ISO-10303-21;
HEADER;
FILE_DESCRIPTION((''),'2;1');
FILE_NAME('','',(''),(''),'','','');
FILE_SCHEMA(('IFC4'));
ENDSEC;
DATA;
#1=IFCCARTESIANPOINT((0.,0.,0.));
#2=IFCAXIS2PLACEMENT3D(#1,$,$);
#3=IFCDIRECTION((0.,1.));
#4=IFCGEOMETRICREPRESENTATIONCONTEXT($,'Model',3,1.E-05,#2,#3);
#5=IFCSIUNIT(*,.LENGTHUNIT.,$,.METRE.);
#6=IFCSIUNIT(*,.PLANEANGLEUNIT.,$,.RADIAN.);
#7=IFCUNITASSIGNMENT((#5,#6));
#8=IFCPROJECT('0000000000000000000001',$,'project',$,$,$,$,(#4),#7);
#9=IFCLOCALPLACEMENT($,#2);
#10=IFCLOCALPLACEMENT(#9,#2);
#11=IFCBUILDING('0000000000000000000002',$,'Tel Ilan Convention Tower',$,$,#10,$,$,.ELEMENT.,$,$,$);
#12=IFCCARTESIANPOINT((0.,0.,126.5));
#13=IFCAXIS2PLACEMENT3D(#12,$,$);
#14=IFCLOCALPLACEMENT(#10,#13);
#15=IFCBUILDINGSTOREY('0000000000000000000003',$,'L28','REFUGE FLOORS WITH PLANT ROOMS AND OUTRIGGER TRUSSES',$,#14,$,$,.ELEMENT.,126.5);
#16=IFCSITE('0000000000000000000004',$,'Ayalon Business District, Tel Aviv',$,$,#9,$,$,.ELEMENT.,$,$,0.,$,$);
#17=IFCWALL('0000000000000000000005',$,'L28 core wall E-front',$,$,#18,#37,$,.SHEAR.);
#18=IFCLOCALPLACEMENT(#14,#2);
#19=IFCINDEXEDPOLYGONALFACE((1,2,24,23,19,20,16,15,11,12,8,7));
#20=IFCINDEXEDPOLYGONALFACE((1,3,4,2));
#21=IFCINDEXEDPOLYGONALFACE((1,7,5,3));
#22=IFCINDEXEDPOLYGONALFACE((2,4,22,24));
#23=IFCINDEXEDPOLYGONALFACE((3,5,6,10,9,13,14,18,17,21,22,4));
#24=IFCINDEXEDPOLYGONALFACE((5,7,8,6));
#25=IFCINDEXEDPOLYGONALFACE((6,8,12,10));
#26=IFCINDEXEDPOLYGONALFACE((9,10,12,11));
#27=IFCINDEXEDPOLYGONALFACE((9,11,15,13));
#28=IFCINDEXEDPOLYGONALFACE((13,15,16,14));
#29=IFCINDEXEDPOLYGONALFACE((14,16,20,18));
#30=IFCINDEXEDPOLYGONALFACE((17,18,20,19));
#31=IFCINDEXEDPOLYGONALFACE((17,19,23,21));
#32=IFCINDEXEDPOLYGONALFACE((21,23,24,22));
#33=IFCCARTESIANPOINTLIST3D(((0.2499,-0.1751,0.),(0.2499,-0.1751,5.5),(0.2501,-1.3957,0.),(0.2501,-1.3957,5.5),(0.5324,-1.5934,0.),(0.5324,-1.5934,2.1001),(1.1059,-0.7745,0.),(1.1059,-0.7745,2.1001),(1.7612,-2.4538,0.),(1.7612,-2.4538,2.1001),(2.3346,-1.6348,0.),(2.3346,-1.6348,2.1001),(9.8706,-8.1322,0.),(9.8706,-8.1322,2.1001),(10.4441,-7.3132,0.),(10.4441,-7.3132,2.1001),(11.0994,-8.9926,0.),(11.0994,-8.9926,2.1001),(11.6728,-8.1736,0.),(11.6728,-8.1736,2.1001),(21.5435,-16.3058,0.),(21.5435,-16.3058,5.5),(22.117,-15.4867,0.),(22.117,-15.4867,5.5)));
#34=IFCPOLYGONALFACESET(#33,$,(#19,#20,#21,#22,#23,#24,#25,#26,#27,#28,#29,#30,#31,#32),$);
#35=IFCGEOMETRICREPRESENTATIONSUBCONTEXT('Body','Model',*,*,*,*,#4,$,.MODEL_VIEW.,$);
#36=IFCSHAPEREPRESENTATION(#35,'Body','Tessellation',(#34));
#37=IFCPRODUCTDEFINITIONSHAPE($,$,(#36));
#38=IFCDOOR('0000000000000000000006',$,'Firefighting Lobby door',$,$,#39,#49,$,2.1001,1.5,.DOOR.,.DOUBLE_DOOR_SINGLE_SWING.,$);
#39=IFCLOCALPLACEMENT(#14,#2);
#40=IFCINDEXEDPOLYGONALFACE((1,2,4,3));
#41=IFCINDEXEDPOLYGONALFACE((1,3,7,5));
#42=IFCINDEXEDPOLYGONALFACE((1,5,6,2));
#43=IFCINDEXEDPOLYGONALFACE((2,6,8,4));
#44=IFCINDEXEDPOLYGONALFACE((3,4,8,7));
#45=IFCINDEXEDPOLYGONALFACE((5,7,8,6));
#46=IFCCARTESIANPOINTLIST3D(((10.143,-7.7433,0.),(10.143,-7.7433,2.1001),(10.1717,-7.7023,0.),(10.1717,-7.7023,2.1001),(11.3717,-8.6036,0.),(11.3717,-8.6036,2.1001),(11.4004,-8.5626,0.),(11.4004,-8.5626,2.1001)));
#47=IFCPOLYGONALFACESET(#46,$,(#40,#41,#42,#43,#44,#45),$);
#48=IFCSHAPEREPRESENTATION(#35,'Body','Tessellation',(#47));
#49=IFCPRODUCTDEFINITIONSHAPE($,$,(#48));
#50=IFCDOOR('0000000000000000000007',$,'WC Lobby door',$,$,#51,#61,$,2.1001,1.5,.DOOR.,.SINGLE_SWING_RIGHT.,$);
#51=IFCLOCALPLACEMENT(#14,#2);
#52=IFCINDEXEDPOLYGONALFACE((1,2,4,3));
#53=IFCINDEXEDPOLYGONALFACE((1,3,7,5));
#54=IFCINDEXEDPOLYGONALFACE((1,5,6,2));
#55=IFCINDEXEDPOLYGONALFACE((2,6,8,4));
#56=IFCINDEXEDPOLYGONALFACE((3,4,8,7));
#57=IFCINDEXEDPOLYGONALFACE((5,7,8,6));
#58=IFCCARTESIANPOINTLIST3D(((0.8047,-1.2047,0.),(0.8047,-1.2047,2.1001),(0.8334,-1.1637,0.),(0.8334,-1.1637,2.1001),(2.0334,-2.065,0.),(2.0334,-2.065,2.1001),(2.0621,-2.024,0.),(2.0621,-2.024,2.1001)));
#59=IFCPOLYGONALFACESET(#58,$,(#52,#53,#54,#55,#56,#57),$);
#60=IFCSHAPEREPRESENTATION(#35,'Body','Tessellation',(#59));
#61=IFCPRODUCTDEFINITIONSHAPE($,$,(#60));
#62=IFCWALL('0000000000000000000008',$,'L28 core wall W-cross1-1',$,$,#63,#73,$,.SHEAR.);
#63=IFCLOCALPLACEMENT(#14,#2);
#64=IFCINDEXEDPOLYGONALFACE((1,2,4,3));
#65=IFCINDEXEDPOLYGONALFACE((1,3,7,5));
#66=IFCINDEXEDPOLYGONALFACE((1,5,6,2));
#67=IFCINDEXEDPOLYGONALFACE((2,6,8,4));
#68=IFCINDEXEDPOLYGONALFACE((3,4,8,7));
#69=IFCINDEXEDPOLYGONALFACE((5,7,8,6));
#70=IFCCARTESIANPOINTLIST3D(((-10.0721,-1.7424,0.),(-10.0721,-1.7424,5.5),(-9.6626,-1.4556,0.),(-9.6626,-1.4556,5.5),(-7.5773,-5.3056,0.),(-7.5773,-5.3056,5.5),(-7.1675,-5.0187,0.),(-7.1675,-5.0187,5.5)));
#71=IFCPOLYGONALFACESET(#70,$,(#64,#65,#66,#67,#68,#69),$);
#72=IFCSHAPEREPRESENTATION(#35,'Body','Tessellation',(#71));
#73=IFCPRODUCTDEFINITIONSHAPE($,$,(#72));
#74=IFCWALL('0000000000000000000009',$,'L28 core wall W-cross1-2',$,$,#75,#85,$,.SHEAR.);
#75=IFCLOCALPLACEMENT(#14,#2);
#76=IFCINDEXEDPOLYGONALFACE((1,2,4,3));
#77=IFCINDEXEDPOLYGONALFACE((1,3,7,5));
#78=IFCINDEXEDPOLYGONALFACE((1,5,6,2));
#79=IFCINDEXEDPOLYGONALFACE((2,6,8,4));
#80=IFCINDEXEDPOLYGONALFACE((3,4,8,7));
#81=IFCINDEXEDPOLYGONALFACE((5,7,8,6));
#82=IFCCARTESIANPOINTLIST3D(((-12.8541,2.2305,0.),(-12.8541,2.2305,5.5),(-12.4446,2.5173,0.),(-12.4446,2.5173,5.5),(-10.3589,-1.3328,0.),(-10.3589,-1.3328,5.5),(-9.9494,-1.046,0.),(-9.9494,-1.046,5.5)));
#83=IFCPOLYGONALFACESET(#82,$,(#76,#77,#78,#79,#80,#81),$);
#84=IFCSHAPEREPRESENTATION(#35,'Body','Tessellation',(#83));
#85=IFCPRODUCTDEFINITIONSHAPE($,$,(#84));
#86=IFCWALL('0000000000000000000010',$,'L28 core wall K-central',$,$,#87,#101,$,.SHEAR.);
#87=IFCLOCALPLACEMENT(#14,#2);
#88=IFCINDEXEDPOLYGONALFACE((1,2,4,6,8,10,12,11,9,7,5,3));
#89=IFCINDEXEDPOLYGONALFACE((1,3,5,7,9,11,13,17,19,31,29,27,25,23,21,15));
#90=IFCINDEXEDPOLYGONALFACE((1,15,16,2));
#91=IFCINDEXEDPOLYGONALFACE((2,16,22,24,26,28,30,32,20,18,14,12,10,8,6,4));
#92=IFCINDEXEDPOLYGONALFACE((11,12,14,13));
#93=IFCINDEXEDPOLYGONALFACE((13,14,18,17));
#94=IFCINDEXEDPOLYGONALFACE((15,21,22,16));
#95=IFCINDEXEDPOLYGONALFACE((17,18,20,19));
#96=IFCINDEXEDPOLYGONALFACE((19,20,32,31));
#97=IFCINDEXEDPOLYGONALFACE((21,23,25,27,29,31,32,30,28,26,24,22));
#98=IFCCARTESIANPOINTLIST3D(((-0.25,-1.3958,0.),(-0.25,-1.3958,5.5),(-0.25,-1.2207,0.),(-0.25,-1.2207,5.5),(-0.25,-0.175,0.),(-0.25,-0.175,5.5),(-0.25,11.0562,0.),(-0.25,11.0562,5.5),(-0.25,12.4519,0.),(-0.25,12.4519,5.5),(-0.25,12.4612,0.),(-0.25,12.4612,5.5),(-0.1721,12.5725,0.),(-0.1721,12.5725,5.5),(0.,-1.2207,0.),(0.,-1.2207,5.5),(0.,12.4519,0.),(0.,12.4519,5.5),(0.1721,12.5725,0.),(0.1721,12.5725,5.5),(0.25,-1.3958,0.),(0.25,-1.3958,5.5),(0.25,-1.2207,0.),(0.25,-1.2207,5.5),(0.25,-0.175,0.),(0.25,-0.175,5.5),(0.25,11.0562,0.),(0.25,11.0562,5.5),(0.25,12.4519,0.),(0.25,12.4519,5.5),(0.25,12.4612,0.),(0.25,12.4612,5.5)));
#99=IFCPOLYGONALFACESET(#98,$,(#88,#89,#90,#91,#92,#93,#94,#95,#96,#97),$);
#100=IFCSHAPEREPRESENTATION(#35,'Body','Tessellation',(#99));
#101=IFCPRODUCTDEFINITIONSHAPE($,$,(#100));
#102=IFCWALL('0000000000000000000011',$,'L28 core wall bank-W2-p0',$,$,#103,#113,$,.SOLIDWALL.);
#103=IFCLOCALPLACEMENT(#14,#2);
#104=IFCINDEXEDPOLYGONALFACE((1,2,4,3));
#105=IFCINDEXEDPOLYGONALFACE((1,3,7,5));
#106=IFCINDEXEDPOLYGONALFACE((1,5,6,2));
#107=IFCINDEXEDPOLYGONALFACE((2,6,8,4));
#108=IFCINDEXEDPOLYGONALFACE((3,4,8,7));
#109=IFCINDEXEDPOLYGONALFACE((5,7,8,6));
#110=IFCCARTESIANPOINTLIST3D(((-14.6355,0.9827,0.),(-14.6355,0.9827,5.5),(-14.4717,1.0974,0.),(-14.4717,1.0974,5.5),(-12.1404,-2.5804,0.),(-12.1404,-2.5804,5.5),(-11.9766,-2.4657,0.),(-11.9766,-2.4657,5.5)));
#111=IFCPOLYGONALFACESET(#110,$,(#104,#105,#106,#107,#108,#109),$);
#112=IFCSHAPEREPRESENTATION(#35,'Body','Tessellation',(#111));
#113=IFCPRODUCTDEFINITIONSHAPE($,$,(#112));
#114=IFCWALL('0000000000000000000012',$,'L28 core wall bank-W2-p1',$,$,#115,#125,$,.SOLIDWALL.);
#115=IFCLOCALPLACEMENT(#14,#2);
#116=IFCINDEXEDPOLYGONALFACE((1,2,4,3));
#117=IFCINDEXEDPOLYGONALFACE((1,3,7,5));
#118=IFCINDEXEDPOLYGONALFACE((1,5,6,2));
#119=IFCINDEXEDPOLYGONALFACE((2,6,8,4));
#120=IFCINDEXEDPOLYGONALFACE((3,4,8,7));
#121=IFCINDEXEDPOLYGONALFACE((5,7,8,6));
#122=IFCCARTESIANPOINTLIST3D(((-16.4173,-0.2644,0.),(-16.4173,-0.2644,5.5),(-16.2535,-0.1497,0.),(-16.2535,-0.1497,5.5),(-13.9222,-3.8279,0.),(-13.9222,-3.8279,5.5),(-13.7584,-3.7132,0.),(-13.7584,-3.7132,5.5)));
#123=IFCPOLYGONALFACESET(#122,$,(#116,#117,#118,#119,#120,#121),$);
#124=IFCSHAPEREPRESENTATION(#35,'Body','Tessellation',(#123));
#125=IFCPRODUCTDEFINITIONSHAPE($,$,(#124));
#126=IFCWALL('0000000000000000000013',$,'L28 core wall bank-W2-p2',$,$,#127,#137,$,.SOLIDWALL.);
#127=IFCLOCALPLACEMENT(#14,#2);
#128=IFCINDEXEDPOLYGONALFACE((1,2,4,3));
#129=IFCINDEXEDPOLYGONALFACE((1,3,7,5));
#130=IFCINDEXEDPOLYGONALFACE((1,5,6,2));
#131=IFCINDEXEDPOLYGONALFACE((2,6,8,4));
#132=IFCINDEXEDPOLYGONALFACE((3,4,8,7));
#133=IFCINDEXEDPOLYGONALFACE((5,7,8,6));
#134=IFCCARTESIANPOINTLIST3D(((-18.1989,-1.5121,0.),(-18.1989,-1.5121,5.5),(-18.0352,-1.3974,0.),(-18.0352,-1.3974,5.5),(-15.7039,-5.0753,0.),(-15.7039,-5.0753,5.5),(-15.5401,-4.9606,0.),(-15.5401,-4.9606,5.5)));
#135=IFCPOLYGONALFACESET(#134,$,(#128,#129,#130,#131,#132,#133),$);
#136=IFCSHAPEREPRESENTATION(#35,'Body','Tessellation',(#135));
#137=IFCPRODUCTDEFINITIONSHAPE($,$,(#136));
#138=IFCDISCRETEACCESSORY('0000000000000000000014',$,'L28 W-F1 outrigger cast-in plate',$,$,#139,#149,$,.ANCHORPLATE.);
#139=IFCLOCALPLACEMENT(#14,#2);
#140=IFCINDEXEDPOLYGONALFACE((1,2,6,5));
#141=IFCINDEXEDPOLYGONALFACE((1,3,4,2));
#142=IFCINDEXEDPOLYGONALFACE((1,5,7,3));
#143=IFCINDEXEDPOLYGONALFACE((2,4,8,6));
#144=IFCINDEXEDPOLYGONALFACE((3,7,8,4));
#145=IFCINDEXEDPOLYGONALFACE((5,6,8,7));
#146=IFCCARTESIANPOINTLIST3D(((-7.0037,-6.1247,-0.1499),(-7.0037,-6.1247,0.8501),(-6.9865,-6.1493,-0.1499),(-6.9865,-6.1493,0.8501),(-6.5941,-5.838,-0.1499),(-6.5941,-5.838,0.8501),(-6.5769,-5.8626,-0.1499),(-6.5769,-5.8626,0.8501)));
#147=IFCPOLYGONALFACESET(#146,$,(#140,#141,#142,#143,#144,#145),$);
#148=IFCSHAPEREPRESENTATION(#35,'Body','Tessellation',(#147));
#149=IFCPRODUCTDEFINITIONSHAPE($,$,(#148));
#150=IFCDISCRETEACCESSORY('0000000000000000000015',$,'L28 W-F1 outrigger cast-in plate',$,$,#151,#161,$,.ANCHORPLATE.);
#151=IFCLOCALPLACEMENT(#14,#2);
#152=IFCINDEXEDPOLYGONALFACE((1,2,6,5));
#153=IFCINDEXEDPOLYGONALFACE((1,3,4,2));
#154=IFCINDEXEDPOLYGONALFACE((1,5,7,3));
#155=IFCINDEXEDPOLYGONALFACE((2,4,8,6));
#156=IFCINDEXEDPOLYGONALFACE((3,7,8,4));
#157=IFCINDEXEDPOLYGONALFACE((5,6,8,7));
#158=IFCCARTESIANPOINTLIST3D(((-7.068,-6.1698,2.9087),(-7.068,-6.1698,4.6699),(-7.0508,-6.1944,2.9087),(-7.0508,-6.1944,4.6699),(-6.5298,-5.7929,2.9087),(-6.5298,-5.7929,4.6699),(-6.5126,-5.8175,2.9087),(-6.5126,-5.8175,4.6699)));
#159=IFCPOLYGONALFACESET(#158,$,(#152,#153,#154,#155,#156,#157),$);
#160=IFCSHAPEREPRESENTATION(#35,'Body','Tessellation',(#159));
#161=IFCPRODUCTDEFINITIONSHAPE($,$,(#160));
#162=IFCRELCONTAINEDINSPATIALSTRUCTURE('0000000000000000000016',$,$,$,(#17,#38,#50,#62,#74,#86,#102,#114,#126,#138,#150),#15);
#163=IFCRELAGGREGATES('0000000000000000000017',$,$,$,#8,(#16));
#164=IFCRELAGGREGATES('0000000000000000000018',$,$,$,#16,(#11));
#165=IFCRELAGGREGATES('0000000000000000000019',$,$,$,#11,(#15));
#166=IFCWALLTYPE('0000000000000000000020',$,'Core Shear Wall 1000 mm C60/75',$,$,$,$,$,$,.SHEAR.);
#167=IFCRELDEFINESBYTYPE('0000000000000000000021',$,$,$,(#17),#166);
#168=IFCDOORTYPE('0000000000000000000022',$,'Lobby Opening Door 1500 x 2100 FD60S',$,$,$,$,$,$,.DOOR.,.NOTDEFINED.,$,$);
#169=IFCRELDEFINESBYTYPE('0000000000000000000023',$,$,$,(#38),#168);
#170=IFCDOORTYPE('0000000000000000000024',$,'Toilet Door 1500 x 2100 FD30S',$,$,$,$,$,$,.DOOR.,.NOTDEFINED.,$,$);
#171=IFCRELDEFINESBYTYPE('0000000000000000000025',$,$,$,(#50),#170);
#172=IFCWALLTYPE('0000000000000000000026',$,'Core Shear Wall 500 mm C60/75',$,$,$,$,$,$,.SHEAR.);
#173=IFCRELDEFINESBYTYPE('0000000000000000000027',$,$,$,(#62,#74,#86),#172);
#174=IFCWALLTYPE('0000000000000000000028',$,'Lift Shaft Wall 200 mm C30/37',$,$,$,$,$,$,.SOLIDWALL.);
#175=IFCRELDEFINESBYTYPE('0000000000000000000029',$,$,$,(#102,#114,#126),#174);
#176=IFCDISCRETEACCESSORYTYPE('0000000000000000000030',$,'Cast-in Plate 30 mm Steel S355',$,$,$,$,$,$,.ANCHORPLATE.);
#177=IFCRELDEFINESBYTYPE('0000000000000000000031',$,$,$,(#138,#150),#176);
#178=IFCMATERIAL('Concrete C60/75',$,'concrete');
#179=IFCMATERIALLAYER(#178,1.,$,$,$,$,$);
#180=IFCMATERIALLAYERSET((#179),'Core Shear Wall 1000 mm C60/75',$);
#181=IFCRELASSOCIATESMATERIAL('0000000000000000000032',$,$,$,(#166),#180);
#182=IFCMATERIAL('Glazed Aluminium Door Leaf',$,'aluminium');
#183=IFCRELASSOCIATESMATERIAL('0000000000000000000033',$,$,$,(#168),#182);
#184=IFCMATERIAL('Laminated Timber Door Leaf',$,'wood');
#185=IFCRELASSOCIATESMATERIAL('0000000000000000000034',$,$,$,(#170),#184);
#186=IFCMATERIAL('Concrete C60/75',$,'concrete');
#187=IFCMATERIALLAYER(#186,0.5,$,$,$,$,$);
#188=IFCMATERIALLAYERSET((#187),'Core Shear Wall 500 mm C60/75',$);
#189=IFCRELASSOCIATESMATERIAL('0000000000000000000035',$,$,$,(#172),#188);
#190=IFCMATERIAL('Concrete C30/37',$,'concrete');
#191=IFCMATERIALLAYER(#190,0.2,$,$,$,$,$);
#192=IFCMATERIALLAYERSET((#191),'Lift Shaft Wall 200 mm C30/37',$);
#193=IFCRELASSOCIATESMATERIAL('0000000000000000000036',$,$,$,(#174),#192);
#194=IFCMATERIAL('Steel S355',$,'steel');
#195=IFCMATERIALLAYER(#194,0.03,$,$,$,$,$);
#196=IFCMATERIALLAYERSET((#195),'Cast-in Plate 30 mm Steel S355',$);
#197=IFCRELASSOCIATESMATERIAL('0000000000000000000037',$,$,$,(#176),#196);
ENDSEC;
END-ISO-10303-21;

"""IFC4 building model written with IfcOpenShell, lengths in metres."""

from ifc_helpers import new_model, si_unit, direction, frame, frame_2d, origin, origin_2d, place, context, subcontext, project, spatial, polyline, rectangle, outline, extrude, material, layer, layer_set, type_object, element, fill, save


model = new_model("IFC4")

# Units and contexts
model_context = context("Model", 3, precision=1e-05, world=origin(), true_north=direction((0.0, 1.0)))
body_context = subcontext(model_context, "Body", "Model", "MODEL_VIEW")
ifc_project = project(units=[si_unit("LENGTHUNIT", "METRE"), si_unit("PLANEANGLEUNIT", "RADIAN")], contexts=[model_context])

# Site, building, storey
site_placement = place(None, origin())
site = spatial("IfcSite", under=ifc_project, at=site_placement, Name="Ayalon Business District, Tel Aviv", CompositionType="ELEMENT", RefElevation=0.0)
building_placement = place(site_placement, origin())
building = spatial("IfcBuilding", under=site, at=building_placement, Name="Tel Ilan Convention Tower", CompositionType="ELEMENT")
storey_placement = place(building_placement, frame((0.0, 0.0, 126.5)))
storey = spatial("IfcBuildingStorey", under=building, at=storey_placement, Name="L28", Description="REFUGE FLOORS WITH PLANT ROOMS AND OUTRIGGER TRUSSES", CompositionType="ELEMENT", Elevation=126.5)

# Wall, openings, doors
ifc_material_1 = material(Name="Concrete C60/75", Category="concrete")
ifc_layer_1 = layer(ifc_material_1, 1.0)
ifc_layer_set_1 = layer_set([ifc_layer_1], Name="Core Shear Wall 1000 mm C60/75")
wall_type_1 = type_object("IfcWallType", Name="Core Shear Wall 1000 mm C60/75", PredefinedType="SHEAR", material=ifc_layer_set_1)
wall_1_placement = place(storey_placement, frame((-0.0369, -0.5847, 0.0), z_axis=(0.0, 0.0, 1.0), x_axis=(0.819157, -0.573569, 0.0)))
wall_1 = element("IfcWall", 1, at=wall_1_placement, inside=storey, type_object=wall_type_1, Name="L28 core wall E-front", PredefinedType="SHEAR", context=body_context, shape_type="SweptSolid", body=[
    extrude(outline(polyline([(26.6948, 0.4998), (0.0, 0.5), (0.7002, -0.4998), (26.6948, -0.5002), (26.6948, 0.4998)])), origin(), (0.0, 0.0, 1.0), 5.5),
])
opening_1_placement = place(wall_1_placement, frame((1.0449, 0.0, 0.0)))
opening_1 = element("IfcOpeningElement", 2, at=opening_1_placement, cuts=wall_1, PredefinedType="OPENING", context=body_context, shape_type="SweptSolid", body=[
    extrude(rectangle(XDim=1.5, YDim=2.1001, at=frame_2d((0.75, 1.05))), frame((0.0, 0.51, 0.0), z_axis=(0.0, -1.0, 0.0), x_axis=(1.0, 0.0, 0.0)), (0.0, 0.0, 1.0), 1.02),
])
opening_2_placement = place(wall_1_placement, frame((12.4448, 0.0, 0.0)))
opening_2 = element("IfcOpeningElement", 3, at=opening_2_placement, cuts=wall_1, PredefinedType="OPENING", context=body_context, shape_type="SweptSolid", body=[
    extrude(rectangle(XDim=1.5, YDim=2.1001, at=frame_2d((0.75, 1.05))), frame((0.0, 0.51, 0.0), z_axis=(0.0, -1.0, 0.0), x_axis=(1.0, 0.0, 0.0)), (0.0, 0.0, 1.0), 1.02),
])
ifc_material_2 = material(Name="Glazed Aluminium Door Leaf", Category="aluminium")
door_type_1 = type_object("IfcDoorType", Name="Lobby Opening Door 1500 x 2100 FD60S", OperationType="NOTDEFINED", PredefinedType="DOOR", material=ifc_material_2)
door_1_placement = place(opening_2_placement, origin())
door_1 = element("IfcDoor", 4, at=door_1_placement, inside=storey, type_object=door_type_1, Name="Firefighting Lobby door", OperationType="DOUBLE_DOOR_SINGLE_SWING", OverallHeight=2.1001, OverallWidth=1.5, PredefinedType="DOOR", context=body_context, shape_type="SweptSolid", body=[
    extrude(rectangle(XDim=1.5, YDim=2.1001, at=frame_2d((0.75, 1.05))), frame((0.0, 0.0249, 0.0), z_axis=(0.0, -1.0, 0.0), x_axis=(1.0, 0.0, 0.0)), (0.0, 0.0, 1.0), 0.05),
])
fill(opening_2, door_1)
ifc_material_3 = material(Name="Laminated Timber Door Leaf", Category="wood")
door_type_2 = type_object("IfcDoorType", Name="Toilet Door 1500 x 2100 FD30S", OperationType="NOTDEFINED", PredefinedType="DOOR", material=ifc_material_3)
door_2_placement = place(opening_1_placement, origin())
door_2 = element("IfcDoor", 5, at=door_2_placement, inside=storey, type_object=door_type_2, Name="WC Lobby door", OperationType="SINGLE_SWING_RIGHT", OverallHeight=2.1001, OverallWidth=1.5, PredefinedType="DOOR", context=body_context, shape_type="SweptSolid", body=[
    extrude(rectangle(XDim=1.5, YDim=2.1001, at=frame_2d((0.75, 1.05))), frame((0.0, 0.0249, 0.0), z_axis=(0.0, -1.0, 0.0), x_axis=(1.0, 0.0, 0.0)), (0.0, 0.0, 1.0), 0.05),
])
fill(opening_1, door_2)

# Walls
ifc_material_4 = material(Name="Concrete C60/75", Category="concrete")
ifc_layer_2 = layer(ifc_material_4, 0.5)
ifc_layer_set_2 = layer_set([ifc_layer_2], Name="Core Shear Wall 500 mm C60/75")
wall_type_2 = type_object("IfcWallType", Name="Core Shear Wall 500 mm C60/75", PredefinedType="SHEAR", material=ifc_layer_set_2)
wall_2_placement = place(storey_placement, frame((-7.3723, -5.1621, 0.0), z_axis=(0.0, 0.0, 1.0), x_axis=(-0.573594, 0.81914, 0.0)))
element("IfcWall", 6, at=wall_2_placement, inside=storey, type_object=wall_type_2, Name="L28 core wall W-cross1-1", PredefinedType="SHEAR", context=body_context, shape_type="SweptSolid", body=[
    extrude(outline(polyline([(4.3499, 0.25), (0.0, 0.2502), (0.0, -0.25), (4.3499, -0.25), (4.3499, 0.25)])), origin(), (0.0, 0.0, 1.0), 5.5),
])
wall_3_placement = place(storey_placement, frame((-10.1543, -1.1892, 0.0), z_axis=(0.0, 0.0, 1.0), x_axis=(-0.573594, 0.81914, 0.0)))
element("IfcWall", 7, at=wall_3_placement, inside=storey, type_object=wall_type_2, Name="L28 core wall W-cross1-2", PredefinedType="SHEAR", context=body_context, shape_type="SweptSolid", body=[
    extrude(outline(polyline([(4.3499, -0.25), (4.3499, 0.25), (-0.0002, 0.25), (-0.0002, -0.25), (4.3499, -0.25)])), origin(), (0.0, 0.0, 1.0), 5.5),
])
wall_4_placement = place(storey_placement, frame((0.0, -1.3958, 0.0), z_axis=(0.0, 0.0, 1.0), x_axis=(0.0, 1.0, 0.0)))
element("IfcWall", 8, at=wall_4_placement, inside=storey, type_object=wall_type_2, Name="L28 core wall K-central", PredefinedType="SHEAR", context=body_context, shape_type="SweptSolid", body=[
    extrude(outline(polyline([(0.0, -0.25), (0.175, -0.25), (1.2207, -0.25), (12.4519, -0.25), (13.8477, -0.25), (13.8569, -0.25), (13.9683, -0.1721), (13.8477, 0.0), (13.9683, 0.1721), (13.8569, 0.25), (13.8477, 0.25), (12.4519, 0.25), (1.2207, 0.25), (0.175, 0.25), (0.0, 0.25), (0.175, 0.0), (0.0, -0.25)])), origin(), (0.0, 0.0, 1.0), 5.5),
])
ifc_material_5 = material(Name="Concrete C30/37", Category="concrete")
ifc_layer_3 = layer(ifc_material_5, 0.2)
ifc_layer_set_3 = layer_set([ifc_layer_3], Name="Lift Shaft Wall 200 mm C30/37")
wall_type_3 = type_object("IfcWallType", Name="Lift Shaft Wall 200 mm C30/37", PredefinedType="SOLIDWALL", material=ifc_layer_set_3)
wall_5_placement = place(storey_placement, frame((-12.0586, -2.5229, 0.0), z_axis=(0.0, 0.0, 1.0), x_axis=(-0.573594, 0.81914, 0.0)))
element("IfcWall", 9, at=wall_5_placement, inside=storey, type_object=wall_type_3, Name="L28 core wall bank-W2-p0", PredefinedType="SOLIDWALL", context=body_context, shape_type="SweptSolid", body=[
    extrude(rectangle(XDim=4.3499, YDim=0.2, at=frame_2d((2.1748, 0.0))), origin(), (0.0, 0.0, 1.0), 5.5),
])
wall_6_placement = place(storey_placement, frame((-13.8403, -3.7705, 0.0), z_axis=(0.0, 0.0, 1.0), x_axis=(-0.573568, 0.819158, 0.0)))
element("IfcWall", 10, at=wall_6_placement, inside=storey, type_object=wall_type_3, Name="L28 core wall bank-W2-p1", PredefinedType="SOLIDWALL", context=body_context, shape_type="SweptSolid", body=[
    extrude(rectangle(XDim=4.3501, YDim=0.2, at=frame_2d((2.175, 0.0))), origin(), (0.0, 0.0, 1.0), 5.5),
])
wall_7_placement = place(storey_placement, frame((-15.6221, -5.0178, 0.0), z_axis=(0.0, 0.0, 1.0), x_axis=(-0.573594, 0.81914, 0.0)))
element("IfcWall", 11, at=wall_7_placement, inside=storey, type_object=wall_type_3, Name="L28 core wall bank-W2-p2", PredefinedType="SOLIDWALL", context=body_context, shape_type="SweptSolid", body=[
    extrude(rectangle(XDim=4.3499, YDim=0.2, at=frame_2d((2.1748, 0.0))), origin(), (0.0, 0.0, 1.0), 5.5),
])

# Discrete accessories
ifc_material_6 = material(Name="Steel S355", Category="steel")
ifc_layer_4 = layer(ifc_material_6, 0.03)
ifc_layer_set_4 = layer_set([ifc_layer_4], Name="Cast-in Plate 30 mm Steel S355")
discrete_accessory_type_1 = type_object("IfcDiscreteAccessoryType", Name="Cast-in Plate 30 mm Steel S355", PredefinedType="ANCHORPLATE", material=ifc_layer_set_4)
discrete_accessory_1_placement = place(storey_placement, frame((-6.7903, -5.9937, -0.1499), z_axis=(0.0, 0.0, 1.0), x_axis=(-0.573576, 0.819152, 0.0)))
element("IfcDiscreteAccessory", 12, at=discrete_accessory_1_placement, inside=storey, type_object=discrete_accessory_type_1, Name="L28 W-F1 outrigger cast-in plate", PredefinedType="ANCHORPLATE", context=body_context, shape_type="SweptSolid", body=[
    extrude(rectangle(XDim=0.03, YDim=0.5, at=origin_2d()), origin(), (0.0, 0.0, 1.0), 1.0),
])
discrete_accessory_2_placement = place(storey_placement, frame((-6.7903, -5.9937, 2.9087), z_axis=(0.0, 0.0, 1.0), x_axis=(-0.573576, 0.819152, 0.0)))
element("IfcDiscreteAccessory", 13, at=discrete_accessory_2_placement, inside=storey, type_object=discrete_accessory_type_1, Name="L28 W-F1 outrigger cast-in plate", PredefinedType="ANCHORPLATE", context=body_context, shape_type="SweptSolid", body=[
    extrude(rectangle(XDim=0.03, YDim=0.657, at=origin_2d()), origin(), (0.0, 0.0, 1.0), 1.7612),
])

save(model, "model.ifc")
